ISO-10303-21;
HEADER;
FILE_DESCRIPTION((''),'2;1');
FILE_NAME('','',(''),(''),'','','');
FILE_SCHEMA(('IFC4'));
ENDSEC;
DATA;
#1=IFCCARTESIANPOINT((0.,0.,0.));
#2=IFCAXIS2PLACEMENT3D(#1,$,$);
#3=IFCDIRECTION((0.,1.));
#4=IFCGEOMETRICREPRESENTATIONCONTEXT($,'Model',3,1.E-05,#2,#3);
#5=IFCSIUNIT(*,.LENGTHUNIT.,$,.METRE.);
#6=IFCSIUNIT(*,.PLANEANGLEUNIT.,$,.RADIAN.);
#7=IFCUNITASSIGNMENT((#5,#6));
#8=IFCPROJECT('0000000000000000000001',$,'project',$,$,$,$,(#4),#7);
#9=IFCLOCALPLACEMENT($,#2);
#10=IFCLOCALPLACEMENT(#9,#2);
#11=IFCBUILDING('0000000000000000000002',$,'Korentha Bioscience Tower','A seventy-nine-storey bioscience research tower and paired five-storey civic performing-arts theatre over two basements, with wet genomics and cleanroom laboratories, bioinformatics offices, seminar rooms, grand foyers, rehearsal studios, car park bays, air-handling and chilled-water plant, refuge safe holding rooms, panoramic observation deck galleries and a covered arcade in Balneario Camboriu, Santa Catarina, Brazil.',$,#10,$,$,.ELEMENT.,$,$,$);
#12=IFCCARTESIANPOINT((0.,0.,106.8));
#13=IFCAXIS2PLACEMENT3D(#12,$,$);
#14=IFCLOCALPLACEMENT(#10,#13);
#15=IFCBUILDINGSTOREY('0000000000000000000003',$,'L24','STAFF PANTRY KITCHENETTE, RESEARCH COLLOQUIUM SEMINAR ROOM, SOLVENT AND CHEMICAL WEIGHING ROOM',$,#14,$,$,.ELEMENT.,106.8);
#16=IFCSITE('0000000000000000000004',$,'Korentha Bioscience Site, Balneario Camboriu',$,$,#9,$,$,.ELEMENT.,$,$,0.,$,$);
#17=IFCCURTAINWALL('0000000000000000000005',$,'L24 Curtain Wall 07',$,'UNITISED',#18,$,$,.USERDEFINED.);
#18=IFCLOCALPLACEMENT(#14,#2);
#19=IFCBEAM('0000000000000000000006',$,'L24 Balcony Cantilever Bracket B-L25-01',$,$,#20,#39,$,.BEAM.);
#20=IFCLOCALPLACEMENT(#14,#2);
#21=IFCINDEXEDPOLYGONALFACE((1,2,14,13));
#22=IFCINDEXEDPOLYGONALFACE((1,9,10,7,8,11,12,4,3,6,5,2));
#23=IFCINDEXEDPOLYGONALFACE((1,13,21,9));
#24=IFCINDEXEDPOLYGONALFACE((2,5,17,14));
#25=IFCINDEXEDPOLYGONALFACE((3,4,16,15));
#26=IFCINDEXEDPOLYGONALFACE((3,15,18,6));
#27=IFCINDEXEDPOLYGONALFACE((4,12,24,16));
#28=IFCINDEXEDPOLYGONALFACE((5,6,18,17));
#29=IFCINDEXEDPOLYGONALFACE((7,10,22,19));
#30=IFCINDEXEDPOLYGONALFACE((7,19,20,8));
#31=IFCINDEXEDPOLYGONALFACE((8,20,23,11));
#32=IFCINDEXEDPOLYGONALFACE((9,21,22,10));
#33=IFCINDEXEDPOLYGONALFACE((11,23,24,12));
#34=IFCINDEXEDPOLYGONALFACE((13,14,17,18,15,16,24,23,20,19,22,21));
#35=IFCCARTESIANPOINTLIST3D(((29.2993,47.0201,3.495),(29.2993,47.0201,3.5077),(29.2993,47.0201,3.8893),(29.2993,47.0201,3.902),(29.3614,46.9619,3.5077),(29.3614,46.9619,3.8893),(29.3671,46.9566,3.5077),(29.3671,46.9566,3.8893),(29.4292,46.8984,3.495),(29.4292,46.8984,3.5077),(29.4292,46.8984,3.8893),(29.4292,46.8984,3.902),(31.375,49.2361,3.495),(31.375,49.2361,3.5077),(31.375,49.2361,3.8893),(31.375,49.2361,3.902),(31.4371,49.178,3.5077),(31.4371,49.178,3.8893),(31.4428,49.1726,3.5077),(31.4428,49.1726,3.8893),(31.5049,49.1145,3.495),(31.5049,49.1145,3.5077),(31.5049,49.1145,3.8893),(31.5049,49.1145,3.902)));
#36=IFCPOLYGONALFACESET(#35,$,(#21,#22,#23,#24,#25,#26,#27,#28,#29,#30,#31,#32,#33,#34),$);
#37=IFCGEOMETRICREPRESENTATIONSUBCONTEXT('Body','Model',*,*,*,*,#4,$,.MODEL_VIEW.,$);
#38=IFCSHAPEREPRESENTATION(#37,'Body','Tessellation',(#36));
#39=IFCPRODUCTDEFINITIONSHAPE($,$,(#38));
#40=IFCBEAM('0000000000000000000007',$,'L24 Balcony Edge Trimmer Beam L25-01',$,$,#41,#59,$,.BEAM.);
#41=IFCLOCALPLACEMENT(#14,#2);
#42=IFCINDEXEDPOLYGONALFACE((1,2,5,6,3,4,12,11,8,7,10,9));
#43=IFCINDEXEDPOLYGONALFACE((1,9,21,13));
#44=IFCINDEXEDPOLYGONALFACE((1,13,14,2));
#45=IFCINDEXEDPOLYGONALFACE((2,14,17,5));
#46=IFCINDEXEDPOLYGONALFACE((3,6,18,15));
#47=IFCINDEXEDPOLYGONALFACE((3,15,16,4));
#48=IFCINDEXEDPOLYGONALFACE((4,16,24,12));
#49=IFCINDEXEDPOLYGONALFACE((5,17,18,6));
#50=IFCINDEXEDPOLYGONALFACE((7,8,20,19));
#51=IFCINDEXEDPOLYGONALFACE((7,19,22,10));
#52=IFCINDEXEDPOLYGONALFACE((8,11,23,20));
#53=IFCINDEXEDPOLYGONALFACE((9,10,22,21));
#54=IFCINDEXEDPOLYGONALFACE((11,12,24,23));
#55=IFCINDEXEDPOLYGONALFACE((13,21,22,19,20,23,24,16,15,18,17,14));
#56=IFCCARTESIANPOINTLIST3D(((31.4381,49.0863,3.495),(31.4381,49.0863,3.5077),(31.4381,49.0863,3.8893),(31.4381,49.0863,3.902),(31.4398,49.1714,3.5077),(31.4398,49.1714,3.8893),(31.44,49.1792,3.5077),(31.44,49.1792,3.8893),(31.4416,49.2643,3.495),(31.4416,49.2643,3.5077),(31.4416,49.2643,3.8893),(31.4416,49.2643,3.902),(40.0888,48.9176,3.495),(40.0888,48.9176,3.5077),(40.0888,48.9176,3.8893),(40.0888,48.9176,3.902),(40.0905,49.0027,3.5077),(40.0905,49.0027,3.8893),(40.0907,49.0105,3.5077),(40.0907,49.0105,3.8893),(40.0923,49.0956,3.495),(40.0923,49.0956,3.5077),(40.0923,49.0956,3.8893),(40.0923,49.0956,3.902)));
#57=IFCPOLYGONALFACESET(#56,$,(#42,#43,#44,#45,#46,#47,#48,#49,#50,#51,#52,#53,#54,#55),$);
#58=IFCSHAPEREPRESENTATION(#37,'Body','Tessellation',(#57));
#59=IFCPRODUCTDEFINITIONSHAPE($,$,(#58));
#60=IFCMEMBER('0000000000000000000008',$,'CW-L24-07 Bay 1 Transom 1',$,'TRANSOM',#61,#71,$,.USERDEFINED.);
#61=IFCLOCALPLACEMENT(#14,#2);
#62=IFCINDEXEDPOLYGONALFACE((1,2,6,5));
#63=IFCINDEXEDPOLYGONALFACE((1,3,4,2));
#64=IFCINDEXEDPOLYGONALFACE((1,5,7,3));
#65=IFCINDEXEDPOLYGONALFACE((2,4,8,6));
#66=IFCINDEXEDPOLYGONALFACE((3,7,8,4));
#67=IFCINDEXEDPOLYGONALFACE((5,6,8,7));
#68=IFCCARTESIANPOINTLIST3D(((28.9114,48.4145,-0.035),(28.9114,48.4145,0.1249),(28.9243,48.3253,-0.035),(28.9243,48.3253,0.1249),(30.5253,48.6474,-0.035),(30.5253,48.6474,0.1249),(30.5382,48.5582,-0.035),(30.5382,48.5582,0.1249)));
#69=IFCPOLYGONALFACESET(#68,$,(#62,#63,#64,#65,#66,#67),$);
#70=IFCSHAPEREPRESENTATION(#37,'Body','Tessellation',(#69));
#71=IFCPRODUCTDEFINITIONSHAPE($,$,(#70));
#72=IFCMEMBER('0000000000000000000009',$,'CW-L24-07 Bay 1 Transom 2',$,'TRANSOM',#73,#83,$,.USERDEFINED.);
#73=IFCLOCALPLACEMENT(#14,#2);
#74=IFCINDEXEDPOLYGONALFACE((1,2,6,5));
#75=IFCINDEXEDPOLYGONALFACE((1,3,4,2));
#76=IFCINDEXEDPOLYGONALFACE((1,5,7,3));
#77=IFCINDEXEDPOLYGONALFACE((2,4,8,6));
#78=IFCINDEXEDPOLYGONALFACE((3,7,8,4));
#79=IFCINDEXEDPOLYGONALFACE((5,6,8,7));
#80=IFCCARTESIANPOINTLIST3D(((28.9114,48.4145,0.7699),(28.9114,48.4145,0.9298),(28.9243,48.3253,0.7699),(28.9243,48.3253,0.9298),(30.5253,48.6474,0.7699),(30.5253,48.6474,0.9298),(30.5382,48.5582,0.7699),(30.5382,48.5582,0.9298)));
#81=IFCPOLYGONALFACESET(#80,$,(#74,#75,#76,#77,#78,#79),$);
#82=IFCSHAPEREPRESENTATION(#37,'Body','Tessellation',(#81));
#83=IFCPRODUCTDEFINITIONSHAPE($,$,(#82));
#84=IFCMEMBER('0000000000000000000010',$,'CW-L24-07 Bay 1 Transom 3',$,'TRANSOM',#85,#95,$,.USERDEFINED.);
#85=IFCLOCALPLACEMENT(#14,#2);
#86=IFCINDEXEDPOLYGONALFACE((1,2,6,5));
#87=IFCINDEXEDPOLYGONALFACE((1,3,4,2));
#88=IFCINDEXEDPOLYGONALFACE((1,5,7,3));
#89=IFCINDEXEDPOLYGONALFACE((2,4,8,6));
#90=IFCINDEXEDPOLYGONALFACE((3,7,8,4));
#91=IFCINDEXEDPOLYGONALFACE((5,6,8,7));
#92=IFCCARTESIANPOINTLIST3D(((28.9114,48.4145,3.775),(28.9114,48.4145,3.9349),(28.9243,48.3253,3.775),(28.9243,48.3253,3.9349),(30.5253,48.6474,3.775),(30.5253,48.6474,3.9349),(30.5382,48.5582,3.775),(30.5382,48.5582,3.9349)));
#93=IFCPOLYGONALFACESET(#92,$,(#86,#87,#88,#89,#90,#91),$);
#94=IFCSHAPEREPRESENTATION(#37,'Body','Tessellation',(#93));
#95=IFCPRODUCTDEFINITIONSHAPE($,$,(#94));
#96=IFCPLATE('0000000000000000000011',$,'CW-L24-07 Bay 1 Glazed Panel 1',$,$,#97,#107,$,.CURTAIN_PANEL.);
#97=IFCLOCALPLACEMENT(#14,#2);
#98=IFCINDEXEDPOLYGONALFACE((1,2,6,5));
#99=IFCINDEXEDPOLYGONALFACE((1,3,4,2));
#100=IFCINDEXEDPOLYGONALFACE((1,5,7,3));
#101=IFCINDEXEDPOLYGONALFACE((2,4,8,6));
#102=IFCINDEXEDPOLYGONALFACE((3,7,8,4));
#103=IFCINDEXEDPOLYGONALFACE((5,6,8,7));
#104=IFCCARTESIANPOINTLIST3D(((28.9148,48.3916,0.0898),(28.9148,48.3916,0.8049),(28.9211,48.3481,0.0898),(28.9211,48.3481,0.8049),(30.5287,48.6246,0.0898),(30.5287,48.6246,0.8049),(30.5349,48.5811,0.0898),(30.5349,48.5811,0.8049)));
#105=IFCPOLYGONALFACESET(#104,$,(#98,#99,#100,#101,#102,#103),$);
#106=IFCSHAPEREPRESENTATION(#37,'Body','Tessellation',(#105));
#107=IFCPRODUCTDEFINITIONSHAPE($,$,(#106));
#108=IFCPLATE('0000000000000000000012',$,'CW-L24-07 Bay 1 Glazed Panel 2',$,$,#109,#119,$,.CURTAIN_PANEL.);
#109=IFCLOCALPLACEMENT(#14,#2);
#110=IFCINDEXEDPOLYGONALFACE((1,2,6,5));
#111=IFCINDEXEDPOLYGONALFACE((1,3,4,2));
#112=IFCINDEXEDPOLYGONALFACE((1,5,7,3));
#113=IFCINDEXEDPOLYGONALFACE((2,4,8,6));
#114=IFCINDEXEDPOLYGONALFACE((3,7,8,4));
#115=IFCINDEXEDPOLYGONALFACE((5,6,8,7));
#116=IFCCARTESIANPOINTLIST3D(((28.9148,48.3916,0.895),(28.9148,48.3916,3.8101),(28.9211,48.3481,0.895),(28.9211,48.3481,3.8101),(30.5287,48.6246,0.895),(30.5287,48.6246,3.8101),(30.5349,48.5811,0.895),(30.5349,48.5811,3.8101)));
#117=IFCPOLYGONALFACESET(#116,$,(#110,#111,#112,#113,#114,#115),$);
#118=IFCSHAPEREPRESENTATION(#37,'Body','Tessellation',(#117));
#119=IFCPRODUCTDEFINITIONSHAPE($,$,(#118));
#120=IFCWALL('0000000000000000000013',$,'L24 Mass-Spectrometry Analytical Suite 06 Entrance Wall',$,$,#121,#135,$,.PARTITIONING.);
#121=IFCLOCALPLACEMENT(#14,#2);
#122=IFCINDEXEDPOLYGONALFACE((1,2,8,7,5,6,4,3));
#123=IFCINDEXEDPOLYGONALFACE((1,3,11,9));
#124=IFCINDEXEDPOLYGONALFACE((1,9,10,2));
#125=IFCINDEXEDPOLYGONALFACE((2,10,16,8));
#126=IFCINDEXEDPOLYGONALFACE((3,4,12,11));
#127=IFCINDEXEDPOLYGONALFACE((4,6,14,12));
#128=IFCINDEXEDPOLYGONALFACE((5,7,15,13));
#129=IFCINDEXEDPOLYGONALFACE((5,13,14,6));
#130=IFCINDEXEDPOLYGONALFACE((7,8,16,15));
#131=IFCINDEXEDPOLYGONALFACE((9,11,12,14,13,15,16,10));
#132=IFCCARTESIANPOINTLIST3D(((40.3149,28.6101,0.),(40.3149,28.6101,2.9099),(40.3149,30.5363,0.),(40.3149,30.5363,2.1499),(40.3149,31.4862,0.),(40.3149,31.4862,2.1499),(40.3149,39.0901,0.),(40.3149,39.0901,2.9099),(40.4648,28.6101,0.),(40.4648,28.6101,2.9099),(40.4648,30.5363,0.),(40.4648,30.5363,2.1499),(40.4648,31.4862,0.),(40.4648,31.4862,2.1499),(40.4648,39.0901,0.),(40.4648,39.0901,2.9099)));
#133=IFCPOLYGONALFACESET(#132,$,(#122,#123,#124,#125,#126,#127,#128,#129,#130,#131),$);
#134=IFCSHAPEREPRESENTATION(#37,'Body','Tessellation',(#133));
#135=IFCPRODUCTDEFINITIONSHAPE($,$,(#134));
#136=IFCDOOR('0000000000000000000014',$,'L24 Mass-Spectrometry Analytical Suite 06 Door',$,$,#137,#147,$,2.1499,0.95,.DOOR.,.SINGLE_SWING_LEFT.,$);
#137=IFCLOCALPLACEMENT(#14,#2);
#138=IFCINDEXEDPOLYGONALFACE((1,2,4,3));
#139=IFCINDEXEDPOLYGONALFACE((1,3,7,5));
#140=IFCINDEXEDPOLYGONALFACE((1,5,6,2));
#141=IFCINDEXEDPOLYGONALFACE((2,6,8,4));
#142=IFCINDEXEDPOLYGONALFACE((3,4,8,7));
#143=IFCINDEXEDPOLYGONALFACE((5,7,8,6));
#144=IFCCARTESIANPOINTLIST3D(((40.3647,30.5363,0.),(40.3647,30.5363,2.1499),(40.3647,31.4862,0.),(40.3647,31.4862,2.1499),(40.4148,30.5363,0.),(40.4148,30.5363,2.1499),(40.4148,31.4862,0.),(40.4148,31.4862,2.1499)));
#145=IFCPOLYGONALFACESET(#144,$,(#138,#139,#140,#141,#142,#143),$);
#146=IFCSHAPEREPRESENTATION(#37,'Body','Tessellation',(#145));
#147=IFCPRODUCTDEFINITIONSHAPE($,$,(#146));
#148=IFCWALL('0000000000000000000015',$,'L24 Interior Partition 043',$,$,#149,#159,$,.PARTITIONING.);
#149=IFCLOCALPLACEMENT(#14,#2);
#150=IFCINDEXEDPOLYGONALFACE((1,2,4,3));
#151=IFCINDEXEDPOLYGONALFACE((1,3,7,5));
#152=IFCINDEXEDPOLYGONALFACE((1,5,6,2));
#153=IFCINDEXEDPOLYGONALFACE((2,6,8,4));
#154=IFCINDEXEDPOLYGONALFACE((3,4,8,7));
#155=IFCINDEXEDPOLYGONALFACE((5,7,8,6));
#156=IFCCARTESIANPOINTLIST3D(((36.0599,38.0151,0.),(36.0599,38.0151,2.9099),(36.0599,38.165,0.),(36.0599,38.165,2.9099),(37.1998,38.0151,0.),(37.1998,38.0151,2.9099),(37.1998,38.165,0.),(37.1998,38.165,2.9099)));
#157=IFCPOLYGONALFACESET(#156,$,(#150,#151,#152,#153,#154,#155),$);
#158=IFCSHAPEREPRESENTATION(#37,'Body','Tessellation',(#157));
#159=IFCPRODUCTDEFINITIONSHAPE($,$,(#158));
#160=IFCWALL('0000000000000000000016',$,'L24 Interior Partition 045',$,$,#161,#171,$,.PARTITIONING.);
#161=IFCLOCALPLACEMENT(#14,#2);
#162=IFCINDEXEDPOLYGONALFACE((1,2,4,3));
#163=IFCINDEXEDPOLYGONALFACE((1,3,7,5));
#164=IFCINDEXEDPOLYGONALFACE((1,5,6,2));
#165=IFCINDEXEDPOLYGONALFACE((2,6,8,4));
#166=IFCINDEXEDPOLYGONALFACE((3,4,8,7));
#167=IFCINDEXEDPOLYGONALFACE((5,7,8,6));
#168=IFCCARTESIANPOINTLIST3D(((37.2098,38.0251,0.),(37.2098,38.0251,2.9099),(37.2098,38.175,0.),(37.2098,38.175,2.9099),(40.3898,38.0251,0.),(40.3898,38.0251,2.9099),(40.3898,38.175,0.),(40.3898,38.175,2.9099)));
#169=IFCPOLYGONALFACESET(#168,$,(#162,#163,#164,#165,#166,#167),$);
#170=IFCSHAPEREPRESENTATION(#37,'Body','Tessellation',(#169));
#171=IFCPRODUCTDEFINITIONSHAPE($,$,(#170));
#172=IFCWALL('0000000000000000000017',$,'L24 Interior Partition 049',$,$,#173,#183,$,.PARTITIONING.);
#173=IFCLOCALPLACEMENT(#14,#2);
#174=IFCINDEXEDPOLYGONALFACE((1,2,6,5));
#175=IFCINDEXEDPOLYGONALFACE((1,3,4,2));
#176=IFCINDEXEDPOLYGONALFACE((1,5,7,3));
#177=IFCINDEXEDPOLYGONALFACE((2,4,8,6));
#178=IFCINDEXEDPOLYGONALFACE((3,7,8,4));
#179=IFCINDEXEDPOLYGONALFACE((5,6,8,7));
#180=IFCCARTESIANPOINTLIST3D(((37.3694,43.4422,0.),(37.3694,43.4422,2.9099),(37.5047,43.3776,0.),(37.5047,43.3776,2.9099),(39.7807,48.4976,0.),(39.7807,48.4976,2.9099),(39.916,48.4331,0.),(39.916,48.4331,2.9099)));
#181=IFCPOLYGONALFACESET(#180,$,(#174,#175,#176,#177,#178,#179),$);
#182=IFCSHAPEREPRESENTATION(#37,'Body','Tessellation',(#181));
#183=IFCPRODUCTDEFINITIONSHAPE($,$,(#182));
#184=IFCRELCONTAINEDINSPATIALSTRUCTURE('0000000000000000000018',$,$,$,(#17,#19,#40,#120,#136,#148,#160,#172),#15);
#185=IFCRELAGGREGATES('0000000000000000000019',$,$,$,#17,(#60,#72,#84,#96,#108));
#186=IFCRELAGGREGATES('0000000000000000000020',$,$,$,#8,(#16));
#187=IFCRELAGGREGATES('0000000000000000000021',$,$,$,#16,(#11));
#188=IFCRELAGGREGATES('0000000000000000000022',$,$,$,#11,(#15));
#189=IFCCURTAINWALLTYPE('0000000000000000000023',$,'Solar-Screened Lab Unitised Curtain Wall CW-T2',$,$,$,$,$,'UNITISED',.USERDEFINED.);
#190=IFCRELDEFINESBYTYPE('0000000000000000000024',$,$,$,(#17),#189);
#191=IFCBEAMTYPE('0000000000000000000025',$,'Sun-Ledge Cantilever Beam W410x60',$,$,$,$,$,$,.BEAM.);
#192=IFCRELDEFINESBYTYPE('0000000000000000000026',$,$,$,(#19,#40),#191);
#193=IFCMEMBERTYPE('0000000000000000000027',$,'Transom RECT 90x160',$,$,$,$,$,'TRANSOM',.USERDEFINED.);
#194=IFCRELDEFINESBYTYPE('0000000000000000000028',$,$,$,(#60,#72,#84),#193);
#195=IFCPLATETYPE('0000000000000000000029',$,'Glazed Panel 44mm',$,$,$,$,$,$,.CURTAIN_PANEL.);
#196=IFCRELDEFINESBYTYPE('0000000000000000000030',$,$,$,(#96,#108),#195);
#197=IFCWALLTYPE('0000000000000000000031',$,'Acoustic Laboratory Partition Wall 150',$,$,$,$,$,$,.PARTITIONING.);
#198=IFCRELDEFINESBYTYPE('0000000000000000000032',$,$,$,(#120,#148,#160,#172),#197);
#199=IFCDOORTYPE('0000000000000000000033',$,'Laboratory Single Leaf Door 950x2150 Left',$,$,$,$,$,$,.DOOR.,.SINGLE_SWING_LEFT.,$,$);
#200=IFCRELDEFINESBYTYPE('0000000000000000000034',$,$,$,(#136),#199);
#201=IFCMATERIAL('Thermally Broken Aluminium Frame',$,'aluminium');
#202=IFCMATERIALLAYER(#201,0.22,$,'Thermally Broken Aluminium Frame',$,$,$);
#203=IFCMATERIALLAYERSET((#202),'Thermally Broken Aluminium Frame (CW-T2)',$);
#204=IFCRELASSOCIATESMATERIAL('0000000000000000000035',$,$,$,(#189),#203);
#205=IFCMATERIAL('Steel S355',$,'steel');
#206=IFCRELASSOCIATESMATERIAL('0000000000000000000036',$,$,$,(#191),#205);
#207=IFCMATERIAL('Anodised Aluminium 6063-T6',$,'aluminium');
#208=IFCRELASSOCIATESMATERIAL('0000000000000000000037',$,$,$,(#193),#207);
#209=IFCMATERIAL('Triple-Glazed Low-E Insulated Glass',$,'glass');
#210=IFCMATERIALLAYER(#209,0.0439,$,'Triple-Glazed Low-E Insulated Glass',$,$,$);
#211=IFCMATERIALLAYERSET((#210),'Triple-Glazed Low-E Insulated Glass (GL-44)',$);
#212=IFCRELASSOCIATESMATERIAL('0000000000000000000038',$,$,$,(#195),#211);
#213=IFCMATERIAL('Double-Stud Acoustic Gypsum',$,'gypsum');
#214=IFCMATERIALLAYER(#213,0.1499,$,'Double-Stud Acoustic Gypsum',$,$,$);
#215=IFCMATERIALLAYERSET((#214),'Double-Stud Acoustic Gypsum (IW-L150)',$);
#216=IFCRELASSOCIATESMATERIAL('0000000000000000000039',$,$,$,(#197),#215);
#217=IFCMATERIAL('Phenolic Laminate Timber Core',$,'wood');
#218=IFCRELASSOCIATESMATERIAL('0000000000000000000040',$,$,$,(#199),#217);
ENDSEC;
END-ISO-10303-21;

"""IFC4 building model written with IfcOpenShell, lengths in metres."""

from ifc_helpers import new_model, si_unit, direction, frame, frame_2d, origin, origin_2d, place, context, subcontext, project, spatial, rectangle, i_section, extrude, material, layer, layer_set, material_profile, profile_set, type_object, element, fill, aggregate, save


model = new_model("IFC4")

# Units and contexts
model_context = context("Model", 3, precision=1e-05, world=origin(), true_north=direction((0.0, 1.0)))
body_context = subcontext(model_context, "Body", "Model", "MODEL_VIEW")
ifc_project = project(units=[si_unit("LENGTHUNIT", "METRE"), si_unit("PLANEANGLEUNIT", "RADIAN")], contexts=[model_context])

# Site, building, storey
site_placement = place(None, origin())
site = spatial("IfcSite", under=ifc_project, at=site_placement, Name="Korentha Bioscience Site, Balneario Camboriu", CompositionType="ELEMENT", RefElevation=0.0)
building_placement = place(site_placement, origin())
building = spatial("IfcBuilding", under=site, at=building_placement, Name="Korentha Bioscience Tower", Description="A seventy-nine-storey bioscience research tower and paired five-storey civic performing-arts theatre over two basements, with wet genomics and cleanroom laboratories, bioinformatics offices, seminar rooms, grand foyers, rehearsal studios, car park bays, air-handling and chilled-water plant, refuge safe holding rooms, panoramic observation deck galleries and a covered arcade in Balneario Camboriu, Santa Catarina, Brazil.", CompositionType="ELEMENT")
storey_placement = place(building_placement, frame((0.0, 0.0, 106.8)))
storey = spatial("IfcBuildingStorey", under=building, at=storey_placement, Name="L24", Description="STAFF PANTRY KITCHENETTE, RESEARCH COLLOQUIUM SEMINAR ROOM, SOLVENT AND CHEMICAL WEIGHING ROOM", CompositionType="ELEMENT", Elevation=106.8)

# Shared definitions
ifc_material_1 = material(Name="Steel S355", Category="steel")

# Curtain wall
ifc_material_2 = material(Name="Thermally Broken Aluminium Frame", Category="aluminium")
ifc_layer_1 = layer(ifc_material_2, 0.22, Name="Thermally Broken Aluminium Frame")
ifc_layer_set_1 = layer_set([ifc_layer_1], Name="Thermally Broken Aluminium Frame (CW-T2)")
curtain_wall_type = type_object("IfcCurtainWallType", Name="Solar-Screened Lab Unitised Curtain Wall CW-T2", ElementType="UNITISED", PredefinedType="USERDEFINED", material=ifc_layer_set_1)
curtain_wall_placement = place(storey_placement, origin())
curtain_wall = element("IfcCurtainWall", 1, at=curtain_wall_placement, inside=storey, type_object=curtain_wall_type, Name="L24 Curtain Wall 07", ObjectType="UNITISED", PredefinedType="USERDEFINED")
ifc_material_3 = material(Name="Anodised Aluminium 6063-T6", Category="aluminium")

# Beams
ifc_material_profile_1 = material_profile(ifc_material_1, i_section(OverallWidth=0.178, OverallDepth=0.407, WebThickness=0.0078, FlangeThickness=0.0127, at=origin_2d()), Name="Steel S355")
ifc_profile_set_1 = profile_set([ifc_material_profile_1], Name="Steel S355 (CB-410)")
beam_type_1 = type_object("IfcBeamType", Name="Sun-Ledge Cantilever Beam W410x60", PredefinedType="BEAM", material=ifc_profile_set_1)
beam_1_placement = place(storey_placement, frame((29.3643, 46.9592, 3.6985), z_axis=(0.683612, 0.729846, 0.0), x_axis=(-0.729846, 0.683612, 0.0)))
element("IfcBeam", 2, at=beam_1_placement, inside=storey, type_object=beam_type_1, Name="L24 Balcony Cantilever Bracket B-L25-01", PredefinedType="BEAM", context=body_context, shape_type="SweptSolid", body=[
    extrude(i_section(OverallWidth=0.178, OverallDepth=0.407, WebThickness=0.0078, FlangeThickness=0.0127, at=origin_2d()), origin(), (0.0, 0.0, 1.0), 3.0364),
])
beam_2_placement = place(storey_placement, frame((40.0906, 49.0066, 3.6985), z_axis=(-0.99981, 0.019498, 0.0), x_axis=(-0.019498, -0.99981, 0.0)))
element("IfcBeam", 3, at=beam_2_placement, inside=storey, type_object=beam_type_1, Name="L24 Balcony Edge Trimmer Beam L25-01", PredefinedType="BEAM", context=body_context, shape_type="SweptSolid", body=[
    extrude(i_section(OverallWidth=0.178, OverallDepth=0.407, WebThickness=0.0078, FlangeThickness=0.0127, at=origin_2d()), origin(), (0.0, 0.0, 1.0), 8.6523),
])

# Members
ifc_material_profile_2 = material_profile(ifc_material_3, rectangle(XDim=0.0901, YDim=0.1599, at=origin_2d()), Name="Anodised Aluminium 6063-T6")
ifc_profile_set_2 = profile_set([ifc_material_profile_2], Name="Anodised Aluminium 6063-T6 (CW-TRN)")
member_type_1 = type_object("IfcMemberType", Name="Transom RECT 90x160", ElementType="TRANSOM", PredefinedType="USERDEFINED", material=ifc_profile_set_2)
member_1_placement = place(storey_placement, frame((30.5317, 48.6028, 0.0449), z_axis=(-0.989748, -0.142826, 0.0), x_axis=(0.142826, -0.989748, 0.0)))
member_1 = element("IfcMember", 4, at=member_1_placement, type_object=member_type_1, Name="CW-L24-07 Bay 1 Transom 1", ObjectType="TRANSOM", PredefinedType="USERDEFINED", context=body_context, shape_type="SweptSolid", body=[
    extrude(rectangle(XDim=0.0901, YDim=0.1599, at=origin_2d()), origin(), (0.0, 0.0, 1.0), 1.6306),
])
member_2_placement = place(storey_placement, frame((30.5317, 48.6028, 0.8499), z_axis=(-0.989748, -0.142826, 0.0), x_axis=(0.142826, -0.989748, 0.0)))
member_2 = element("IfcMember", 5, at=member_2_placement, type_object=member_type_1, Name="CW-L24-07 Bay 1 Transom 2", ObjectType="TRANSOM", PredefinedType="USERDEFINED", context=body_context, shape_type="SweptSolid", body=[
    extrude(rectangle(XDim=0.0901, YDim=0.1599, at=origin_2d()), origin(), (0.0, 0.0, 1.0), 1.6306),
])
member_3_placement = place(storey_placement, frame((30.5317, 48.6028, 3.855), z_axis=(-0.989748, -0.142826, 0.0), x_axis=(0.142826, -0.989748, 0.0)))
member_3 = element("IfcMember", 6, at=member_3_placement, type_object=member_type_1, Name="CW-L24-07 Bay 1 Transom 3", ObjectType="TRANSOM", PredefinedType="USERDEFINED", context=body_context, shape_type="SweptSolid", body=[
    extrude(rectangle(XDim=0.0901, YDim=0.1599, at=origin_2d()), origin(), (0.0, 0.0, 1.0), 1.6306),
])

# Plates
ifc_material_4 = material(Name="Triple-Glazed Low-E Insulated Glass", Category="glass")
ifc_layer_2 = layer(ifc_material_4, 0.0439, Name="Triple-Glazed Low-E Insulated Glass")
ifc_layer_set_2 = layer_set([ifc_layer_2], Name="Triple-Glazed Low-E Insulated Glass (GL-44)")
plate_type = type_object("IfcPlateType", Name="Glazed Panel 44mm", PredefinedType="CURTAIN_PANEL", material=ifc_layer_set_2)
plate_1_placement = place(storey_placement, frame((29.7249, 48.4863, 0.0898), z_axis=(0.0, 0.0, 1.0), x_axis=(-0.989738, -0.142892, 0.0)))
plate_1 = element("IfcPlate", 7, at=plate_1_placement, type_object=plate_type, Name="CW-L24-07 Bay 1 Glazed Panel 1", PredefinedType="CURTAIN_PANEL", context=body_context, shape_type="SweptSolid", body=[
    extrude(rectangle(XDim=1.6306, YDim=0.0439, at=origin_2d()), origin(), (0.0, 0.0, 1.0), 0.7151),
])
plate_2_placement = place(storey_placement, frame((29.7249, 48.4863, 0.895), z_axis=(0.0, 0.0, 1.0), x_axis=(-0.989738, -0.142892, 0.0)))
plate_2 = element("IfcPlate", 8, at=plate_2_placement, type_object=plate_type, Name="CW-L24-07 Bay 1 Glazed Panel 2", PredefinedType="CURTAIN_PANEL", context=body_context, shape_type="SweptSolid", body=[
    extrude(rectangle(XDim=1.6306, YDim=0.0439, at=origin_2d()), origin(), (0.0, 0.0, 1.0), 2.915),
])
aggregate(curtain_wall, [member_1, member_2, member_3, plate_1, plate_2])

# Wall, opening, door
ifc_material_5 = material(Name="Double-Stud Acoustic Gypsum", Category="gypsum")
ifc_layer_3 = layer(ifc_material_5, 0.1499, Name="Double-Stud Acoustic Gypsum")
ifc_layer_set_3 = layer_set([ifc_layer_3], Name="Double-Stud Acoustic Gypsum (IW-L150)")
wall_type_1 = type_object("IfcWallType", Name="Acoustic Laboratory Partition Wall 150", PredefinedType="PARTITIONING", material=ifc_layer_set_3)
wall_1_placement = place(storey_placement, frame((40.3899, 39.0901, 0.0), z_axis=(0.0, 0.0, 1.0), x_axis=(0.0, -1.0, 0.0)))
wall_1 = element("IfcWall", 9, at=wall_1_placement, inside=storey, type_object=wall_type_1, Name="L24 Mass-Spectrometry Analytical Suite 06 Entrance Wall", PredefinedType="PARTITIONING", context=body_context, shape_type="SweptSolid", body=[
    extrude(rectangle(XDim=10.48, YDim=0.1499, at=frame_2d((5.24, 0.0))), origin(), (0.0, 0.0, 1.0), 2.9099),
])
opening_1_placement = place(wall_1_placement, frame((7.6038, 0.0, 0.0)))
opening_1 = element("IfcOpeningElement", 10, at=opening_1_placement, cuts=wall_1, PredefinedType="OPENING", context=body_context, shape_type="SweptSolid", body=[
    extrude(rectangle(XDim=0.95, YDim=2.1499, at=frame_2d((0.4751, 1.075))), frame((0.0, 0.0898, 0.0), z_axis=(0.0, -1.0, 0.0), x_axis=(1.0, 0.0, 0.0)), (0.0, 0.0, 1.0), 0.1797),
])
ifc_material_6 = material(Name="Phenolic Laminate Timber Core", Category="wood")
door_type_1 = type_object("IfcDoorType", Name="Laboratory Single Leaf Door 950x2150 Left", OperationType="SINGLE_SWING_LEFT", PredefinedType="DOOR", material=ifc_material_6)
door_1_placement = place(opening_1_placement, origin())
door_1 = element("IfcDoor", 11, at=door_1_placement, inside=storey, type_object=door_type_1, Name="L24 Mass-Spectrometry Analytical Suite 06 Door", OperationType="SINGLE_SWING_LEFT", OverallHeight=2.1499, OverallWidth=0.95, PredefinedType="DOOR", context=body_context, shape_type="SweptSolid", body=[
    extrude(rectangle(XDim=0.95, YDim=2.1499, at=frame_2d((0.4751, 1.075))), frame((0.0, 0.0249, 0.0), z_axis=(0.0, -1.0, 0.0), x_axis=(1.0, 0.0, 0.0)), (0.0, 0.0, 1.0), 0.05),
])
fill(opening_1, door_1)

# Walls
wall_2_placement = place(storey_placement, frame((36.0601, 38.0901, 0.0), z_axis=(0.0, 0.0, 1.0), x_axis=(1.0, 0.0, 0.0)))
element("IfcWall", 12, at=wall_2_placement, inside=storey, type_object=wall_type_1, Name="L24 Interior Partition 043", PredefinedType="PARTITIONING", context=body_context, shape_type="SweptSolid", body=[
    extrude(rectangle(XDim=1.1399, YDim=0.1499, at=frame_2d((0.5698, 0.0))), origin(), (0.0, 0.0, 1.0), 2.9099),
])
wall_3_placement = place(storey_placement, frame((37.21, 38.1001, 0.0), z_axis=(0.0, 0.0, 1.0), x_axis=(1.0, 0.0, 0.0)))
element("IfcWall", 13, at=wall_3_placement, inside=storey, type_object=wall_type_1, Name="L24 Interior Partition 045", PredefinedType="PARTITIONING", context=body_context, shape_type="SweptSolid", body=[
    extrude(rectangle(XDim=3.1799, YDim=0.1499, at=frame_2d((1.5898, 0.0))), origin(), (0.0, 0.0, 1.0), 2.9099),
])
wall_4_placement = place(storey_placement, frame((37.437, 43.4099, 0.0), z_axis=(0.0, 0.0, 1.0), x_axis=(0.430521, 0.902581, 0.0)))
element("IfcWall", 14, at=wall_4_placement, inside=storey, type_object=wall_type_1, Name="L24 Interior Partition 049", PredefinedType="PARTITIONING", context=body_context, shape_type="SweptSolid", body=[
    extrude(rectangle(XDim=5.6011, YDim=0.1499, at=frame_2d((2.8005, 0.0))), origin(), (0.0, 0.0, 1.0), 2.9099),
])

save(model, "model.ifc")
